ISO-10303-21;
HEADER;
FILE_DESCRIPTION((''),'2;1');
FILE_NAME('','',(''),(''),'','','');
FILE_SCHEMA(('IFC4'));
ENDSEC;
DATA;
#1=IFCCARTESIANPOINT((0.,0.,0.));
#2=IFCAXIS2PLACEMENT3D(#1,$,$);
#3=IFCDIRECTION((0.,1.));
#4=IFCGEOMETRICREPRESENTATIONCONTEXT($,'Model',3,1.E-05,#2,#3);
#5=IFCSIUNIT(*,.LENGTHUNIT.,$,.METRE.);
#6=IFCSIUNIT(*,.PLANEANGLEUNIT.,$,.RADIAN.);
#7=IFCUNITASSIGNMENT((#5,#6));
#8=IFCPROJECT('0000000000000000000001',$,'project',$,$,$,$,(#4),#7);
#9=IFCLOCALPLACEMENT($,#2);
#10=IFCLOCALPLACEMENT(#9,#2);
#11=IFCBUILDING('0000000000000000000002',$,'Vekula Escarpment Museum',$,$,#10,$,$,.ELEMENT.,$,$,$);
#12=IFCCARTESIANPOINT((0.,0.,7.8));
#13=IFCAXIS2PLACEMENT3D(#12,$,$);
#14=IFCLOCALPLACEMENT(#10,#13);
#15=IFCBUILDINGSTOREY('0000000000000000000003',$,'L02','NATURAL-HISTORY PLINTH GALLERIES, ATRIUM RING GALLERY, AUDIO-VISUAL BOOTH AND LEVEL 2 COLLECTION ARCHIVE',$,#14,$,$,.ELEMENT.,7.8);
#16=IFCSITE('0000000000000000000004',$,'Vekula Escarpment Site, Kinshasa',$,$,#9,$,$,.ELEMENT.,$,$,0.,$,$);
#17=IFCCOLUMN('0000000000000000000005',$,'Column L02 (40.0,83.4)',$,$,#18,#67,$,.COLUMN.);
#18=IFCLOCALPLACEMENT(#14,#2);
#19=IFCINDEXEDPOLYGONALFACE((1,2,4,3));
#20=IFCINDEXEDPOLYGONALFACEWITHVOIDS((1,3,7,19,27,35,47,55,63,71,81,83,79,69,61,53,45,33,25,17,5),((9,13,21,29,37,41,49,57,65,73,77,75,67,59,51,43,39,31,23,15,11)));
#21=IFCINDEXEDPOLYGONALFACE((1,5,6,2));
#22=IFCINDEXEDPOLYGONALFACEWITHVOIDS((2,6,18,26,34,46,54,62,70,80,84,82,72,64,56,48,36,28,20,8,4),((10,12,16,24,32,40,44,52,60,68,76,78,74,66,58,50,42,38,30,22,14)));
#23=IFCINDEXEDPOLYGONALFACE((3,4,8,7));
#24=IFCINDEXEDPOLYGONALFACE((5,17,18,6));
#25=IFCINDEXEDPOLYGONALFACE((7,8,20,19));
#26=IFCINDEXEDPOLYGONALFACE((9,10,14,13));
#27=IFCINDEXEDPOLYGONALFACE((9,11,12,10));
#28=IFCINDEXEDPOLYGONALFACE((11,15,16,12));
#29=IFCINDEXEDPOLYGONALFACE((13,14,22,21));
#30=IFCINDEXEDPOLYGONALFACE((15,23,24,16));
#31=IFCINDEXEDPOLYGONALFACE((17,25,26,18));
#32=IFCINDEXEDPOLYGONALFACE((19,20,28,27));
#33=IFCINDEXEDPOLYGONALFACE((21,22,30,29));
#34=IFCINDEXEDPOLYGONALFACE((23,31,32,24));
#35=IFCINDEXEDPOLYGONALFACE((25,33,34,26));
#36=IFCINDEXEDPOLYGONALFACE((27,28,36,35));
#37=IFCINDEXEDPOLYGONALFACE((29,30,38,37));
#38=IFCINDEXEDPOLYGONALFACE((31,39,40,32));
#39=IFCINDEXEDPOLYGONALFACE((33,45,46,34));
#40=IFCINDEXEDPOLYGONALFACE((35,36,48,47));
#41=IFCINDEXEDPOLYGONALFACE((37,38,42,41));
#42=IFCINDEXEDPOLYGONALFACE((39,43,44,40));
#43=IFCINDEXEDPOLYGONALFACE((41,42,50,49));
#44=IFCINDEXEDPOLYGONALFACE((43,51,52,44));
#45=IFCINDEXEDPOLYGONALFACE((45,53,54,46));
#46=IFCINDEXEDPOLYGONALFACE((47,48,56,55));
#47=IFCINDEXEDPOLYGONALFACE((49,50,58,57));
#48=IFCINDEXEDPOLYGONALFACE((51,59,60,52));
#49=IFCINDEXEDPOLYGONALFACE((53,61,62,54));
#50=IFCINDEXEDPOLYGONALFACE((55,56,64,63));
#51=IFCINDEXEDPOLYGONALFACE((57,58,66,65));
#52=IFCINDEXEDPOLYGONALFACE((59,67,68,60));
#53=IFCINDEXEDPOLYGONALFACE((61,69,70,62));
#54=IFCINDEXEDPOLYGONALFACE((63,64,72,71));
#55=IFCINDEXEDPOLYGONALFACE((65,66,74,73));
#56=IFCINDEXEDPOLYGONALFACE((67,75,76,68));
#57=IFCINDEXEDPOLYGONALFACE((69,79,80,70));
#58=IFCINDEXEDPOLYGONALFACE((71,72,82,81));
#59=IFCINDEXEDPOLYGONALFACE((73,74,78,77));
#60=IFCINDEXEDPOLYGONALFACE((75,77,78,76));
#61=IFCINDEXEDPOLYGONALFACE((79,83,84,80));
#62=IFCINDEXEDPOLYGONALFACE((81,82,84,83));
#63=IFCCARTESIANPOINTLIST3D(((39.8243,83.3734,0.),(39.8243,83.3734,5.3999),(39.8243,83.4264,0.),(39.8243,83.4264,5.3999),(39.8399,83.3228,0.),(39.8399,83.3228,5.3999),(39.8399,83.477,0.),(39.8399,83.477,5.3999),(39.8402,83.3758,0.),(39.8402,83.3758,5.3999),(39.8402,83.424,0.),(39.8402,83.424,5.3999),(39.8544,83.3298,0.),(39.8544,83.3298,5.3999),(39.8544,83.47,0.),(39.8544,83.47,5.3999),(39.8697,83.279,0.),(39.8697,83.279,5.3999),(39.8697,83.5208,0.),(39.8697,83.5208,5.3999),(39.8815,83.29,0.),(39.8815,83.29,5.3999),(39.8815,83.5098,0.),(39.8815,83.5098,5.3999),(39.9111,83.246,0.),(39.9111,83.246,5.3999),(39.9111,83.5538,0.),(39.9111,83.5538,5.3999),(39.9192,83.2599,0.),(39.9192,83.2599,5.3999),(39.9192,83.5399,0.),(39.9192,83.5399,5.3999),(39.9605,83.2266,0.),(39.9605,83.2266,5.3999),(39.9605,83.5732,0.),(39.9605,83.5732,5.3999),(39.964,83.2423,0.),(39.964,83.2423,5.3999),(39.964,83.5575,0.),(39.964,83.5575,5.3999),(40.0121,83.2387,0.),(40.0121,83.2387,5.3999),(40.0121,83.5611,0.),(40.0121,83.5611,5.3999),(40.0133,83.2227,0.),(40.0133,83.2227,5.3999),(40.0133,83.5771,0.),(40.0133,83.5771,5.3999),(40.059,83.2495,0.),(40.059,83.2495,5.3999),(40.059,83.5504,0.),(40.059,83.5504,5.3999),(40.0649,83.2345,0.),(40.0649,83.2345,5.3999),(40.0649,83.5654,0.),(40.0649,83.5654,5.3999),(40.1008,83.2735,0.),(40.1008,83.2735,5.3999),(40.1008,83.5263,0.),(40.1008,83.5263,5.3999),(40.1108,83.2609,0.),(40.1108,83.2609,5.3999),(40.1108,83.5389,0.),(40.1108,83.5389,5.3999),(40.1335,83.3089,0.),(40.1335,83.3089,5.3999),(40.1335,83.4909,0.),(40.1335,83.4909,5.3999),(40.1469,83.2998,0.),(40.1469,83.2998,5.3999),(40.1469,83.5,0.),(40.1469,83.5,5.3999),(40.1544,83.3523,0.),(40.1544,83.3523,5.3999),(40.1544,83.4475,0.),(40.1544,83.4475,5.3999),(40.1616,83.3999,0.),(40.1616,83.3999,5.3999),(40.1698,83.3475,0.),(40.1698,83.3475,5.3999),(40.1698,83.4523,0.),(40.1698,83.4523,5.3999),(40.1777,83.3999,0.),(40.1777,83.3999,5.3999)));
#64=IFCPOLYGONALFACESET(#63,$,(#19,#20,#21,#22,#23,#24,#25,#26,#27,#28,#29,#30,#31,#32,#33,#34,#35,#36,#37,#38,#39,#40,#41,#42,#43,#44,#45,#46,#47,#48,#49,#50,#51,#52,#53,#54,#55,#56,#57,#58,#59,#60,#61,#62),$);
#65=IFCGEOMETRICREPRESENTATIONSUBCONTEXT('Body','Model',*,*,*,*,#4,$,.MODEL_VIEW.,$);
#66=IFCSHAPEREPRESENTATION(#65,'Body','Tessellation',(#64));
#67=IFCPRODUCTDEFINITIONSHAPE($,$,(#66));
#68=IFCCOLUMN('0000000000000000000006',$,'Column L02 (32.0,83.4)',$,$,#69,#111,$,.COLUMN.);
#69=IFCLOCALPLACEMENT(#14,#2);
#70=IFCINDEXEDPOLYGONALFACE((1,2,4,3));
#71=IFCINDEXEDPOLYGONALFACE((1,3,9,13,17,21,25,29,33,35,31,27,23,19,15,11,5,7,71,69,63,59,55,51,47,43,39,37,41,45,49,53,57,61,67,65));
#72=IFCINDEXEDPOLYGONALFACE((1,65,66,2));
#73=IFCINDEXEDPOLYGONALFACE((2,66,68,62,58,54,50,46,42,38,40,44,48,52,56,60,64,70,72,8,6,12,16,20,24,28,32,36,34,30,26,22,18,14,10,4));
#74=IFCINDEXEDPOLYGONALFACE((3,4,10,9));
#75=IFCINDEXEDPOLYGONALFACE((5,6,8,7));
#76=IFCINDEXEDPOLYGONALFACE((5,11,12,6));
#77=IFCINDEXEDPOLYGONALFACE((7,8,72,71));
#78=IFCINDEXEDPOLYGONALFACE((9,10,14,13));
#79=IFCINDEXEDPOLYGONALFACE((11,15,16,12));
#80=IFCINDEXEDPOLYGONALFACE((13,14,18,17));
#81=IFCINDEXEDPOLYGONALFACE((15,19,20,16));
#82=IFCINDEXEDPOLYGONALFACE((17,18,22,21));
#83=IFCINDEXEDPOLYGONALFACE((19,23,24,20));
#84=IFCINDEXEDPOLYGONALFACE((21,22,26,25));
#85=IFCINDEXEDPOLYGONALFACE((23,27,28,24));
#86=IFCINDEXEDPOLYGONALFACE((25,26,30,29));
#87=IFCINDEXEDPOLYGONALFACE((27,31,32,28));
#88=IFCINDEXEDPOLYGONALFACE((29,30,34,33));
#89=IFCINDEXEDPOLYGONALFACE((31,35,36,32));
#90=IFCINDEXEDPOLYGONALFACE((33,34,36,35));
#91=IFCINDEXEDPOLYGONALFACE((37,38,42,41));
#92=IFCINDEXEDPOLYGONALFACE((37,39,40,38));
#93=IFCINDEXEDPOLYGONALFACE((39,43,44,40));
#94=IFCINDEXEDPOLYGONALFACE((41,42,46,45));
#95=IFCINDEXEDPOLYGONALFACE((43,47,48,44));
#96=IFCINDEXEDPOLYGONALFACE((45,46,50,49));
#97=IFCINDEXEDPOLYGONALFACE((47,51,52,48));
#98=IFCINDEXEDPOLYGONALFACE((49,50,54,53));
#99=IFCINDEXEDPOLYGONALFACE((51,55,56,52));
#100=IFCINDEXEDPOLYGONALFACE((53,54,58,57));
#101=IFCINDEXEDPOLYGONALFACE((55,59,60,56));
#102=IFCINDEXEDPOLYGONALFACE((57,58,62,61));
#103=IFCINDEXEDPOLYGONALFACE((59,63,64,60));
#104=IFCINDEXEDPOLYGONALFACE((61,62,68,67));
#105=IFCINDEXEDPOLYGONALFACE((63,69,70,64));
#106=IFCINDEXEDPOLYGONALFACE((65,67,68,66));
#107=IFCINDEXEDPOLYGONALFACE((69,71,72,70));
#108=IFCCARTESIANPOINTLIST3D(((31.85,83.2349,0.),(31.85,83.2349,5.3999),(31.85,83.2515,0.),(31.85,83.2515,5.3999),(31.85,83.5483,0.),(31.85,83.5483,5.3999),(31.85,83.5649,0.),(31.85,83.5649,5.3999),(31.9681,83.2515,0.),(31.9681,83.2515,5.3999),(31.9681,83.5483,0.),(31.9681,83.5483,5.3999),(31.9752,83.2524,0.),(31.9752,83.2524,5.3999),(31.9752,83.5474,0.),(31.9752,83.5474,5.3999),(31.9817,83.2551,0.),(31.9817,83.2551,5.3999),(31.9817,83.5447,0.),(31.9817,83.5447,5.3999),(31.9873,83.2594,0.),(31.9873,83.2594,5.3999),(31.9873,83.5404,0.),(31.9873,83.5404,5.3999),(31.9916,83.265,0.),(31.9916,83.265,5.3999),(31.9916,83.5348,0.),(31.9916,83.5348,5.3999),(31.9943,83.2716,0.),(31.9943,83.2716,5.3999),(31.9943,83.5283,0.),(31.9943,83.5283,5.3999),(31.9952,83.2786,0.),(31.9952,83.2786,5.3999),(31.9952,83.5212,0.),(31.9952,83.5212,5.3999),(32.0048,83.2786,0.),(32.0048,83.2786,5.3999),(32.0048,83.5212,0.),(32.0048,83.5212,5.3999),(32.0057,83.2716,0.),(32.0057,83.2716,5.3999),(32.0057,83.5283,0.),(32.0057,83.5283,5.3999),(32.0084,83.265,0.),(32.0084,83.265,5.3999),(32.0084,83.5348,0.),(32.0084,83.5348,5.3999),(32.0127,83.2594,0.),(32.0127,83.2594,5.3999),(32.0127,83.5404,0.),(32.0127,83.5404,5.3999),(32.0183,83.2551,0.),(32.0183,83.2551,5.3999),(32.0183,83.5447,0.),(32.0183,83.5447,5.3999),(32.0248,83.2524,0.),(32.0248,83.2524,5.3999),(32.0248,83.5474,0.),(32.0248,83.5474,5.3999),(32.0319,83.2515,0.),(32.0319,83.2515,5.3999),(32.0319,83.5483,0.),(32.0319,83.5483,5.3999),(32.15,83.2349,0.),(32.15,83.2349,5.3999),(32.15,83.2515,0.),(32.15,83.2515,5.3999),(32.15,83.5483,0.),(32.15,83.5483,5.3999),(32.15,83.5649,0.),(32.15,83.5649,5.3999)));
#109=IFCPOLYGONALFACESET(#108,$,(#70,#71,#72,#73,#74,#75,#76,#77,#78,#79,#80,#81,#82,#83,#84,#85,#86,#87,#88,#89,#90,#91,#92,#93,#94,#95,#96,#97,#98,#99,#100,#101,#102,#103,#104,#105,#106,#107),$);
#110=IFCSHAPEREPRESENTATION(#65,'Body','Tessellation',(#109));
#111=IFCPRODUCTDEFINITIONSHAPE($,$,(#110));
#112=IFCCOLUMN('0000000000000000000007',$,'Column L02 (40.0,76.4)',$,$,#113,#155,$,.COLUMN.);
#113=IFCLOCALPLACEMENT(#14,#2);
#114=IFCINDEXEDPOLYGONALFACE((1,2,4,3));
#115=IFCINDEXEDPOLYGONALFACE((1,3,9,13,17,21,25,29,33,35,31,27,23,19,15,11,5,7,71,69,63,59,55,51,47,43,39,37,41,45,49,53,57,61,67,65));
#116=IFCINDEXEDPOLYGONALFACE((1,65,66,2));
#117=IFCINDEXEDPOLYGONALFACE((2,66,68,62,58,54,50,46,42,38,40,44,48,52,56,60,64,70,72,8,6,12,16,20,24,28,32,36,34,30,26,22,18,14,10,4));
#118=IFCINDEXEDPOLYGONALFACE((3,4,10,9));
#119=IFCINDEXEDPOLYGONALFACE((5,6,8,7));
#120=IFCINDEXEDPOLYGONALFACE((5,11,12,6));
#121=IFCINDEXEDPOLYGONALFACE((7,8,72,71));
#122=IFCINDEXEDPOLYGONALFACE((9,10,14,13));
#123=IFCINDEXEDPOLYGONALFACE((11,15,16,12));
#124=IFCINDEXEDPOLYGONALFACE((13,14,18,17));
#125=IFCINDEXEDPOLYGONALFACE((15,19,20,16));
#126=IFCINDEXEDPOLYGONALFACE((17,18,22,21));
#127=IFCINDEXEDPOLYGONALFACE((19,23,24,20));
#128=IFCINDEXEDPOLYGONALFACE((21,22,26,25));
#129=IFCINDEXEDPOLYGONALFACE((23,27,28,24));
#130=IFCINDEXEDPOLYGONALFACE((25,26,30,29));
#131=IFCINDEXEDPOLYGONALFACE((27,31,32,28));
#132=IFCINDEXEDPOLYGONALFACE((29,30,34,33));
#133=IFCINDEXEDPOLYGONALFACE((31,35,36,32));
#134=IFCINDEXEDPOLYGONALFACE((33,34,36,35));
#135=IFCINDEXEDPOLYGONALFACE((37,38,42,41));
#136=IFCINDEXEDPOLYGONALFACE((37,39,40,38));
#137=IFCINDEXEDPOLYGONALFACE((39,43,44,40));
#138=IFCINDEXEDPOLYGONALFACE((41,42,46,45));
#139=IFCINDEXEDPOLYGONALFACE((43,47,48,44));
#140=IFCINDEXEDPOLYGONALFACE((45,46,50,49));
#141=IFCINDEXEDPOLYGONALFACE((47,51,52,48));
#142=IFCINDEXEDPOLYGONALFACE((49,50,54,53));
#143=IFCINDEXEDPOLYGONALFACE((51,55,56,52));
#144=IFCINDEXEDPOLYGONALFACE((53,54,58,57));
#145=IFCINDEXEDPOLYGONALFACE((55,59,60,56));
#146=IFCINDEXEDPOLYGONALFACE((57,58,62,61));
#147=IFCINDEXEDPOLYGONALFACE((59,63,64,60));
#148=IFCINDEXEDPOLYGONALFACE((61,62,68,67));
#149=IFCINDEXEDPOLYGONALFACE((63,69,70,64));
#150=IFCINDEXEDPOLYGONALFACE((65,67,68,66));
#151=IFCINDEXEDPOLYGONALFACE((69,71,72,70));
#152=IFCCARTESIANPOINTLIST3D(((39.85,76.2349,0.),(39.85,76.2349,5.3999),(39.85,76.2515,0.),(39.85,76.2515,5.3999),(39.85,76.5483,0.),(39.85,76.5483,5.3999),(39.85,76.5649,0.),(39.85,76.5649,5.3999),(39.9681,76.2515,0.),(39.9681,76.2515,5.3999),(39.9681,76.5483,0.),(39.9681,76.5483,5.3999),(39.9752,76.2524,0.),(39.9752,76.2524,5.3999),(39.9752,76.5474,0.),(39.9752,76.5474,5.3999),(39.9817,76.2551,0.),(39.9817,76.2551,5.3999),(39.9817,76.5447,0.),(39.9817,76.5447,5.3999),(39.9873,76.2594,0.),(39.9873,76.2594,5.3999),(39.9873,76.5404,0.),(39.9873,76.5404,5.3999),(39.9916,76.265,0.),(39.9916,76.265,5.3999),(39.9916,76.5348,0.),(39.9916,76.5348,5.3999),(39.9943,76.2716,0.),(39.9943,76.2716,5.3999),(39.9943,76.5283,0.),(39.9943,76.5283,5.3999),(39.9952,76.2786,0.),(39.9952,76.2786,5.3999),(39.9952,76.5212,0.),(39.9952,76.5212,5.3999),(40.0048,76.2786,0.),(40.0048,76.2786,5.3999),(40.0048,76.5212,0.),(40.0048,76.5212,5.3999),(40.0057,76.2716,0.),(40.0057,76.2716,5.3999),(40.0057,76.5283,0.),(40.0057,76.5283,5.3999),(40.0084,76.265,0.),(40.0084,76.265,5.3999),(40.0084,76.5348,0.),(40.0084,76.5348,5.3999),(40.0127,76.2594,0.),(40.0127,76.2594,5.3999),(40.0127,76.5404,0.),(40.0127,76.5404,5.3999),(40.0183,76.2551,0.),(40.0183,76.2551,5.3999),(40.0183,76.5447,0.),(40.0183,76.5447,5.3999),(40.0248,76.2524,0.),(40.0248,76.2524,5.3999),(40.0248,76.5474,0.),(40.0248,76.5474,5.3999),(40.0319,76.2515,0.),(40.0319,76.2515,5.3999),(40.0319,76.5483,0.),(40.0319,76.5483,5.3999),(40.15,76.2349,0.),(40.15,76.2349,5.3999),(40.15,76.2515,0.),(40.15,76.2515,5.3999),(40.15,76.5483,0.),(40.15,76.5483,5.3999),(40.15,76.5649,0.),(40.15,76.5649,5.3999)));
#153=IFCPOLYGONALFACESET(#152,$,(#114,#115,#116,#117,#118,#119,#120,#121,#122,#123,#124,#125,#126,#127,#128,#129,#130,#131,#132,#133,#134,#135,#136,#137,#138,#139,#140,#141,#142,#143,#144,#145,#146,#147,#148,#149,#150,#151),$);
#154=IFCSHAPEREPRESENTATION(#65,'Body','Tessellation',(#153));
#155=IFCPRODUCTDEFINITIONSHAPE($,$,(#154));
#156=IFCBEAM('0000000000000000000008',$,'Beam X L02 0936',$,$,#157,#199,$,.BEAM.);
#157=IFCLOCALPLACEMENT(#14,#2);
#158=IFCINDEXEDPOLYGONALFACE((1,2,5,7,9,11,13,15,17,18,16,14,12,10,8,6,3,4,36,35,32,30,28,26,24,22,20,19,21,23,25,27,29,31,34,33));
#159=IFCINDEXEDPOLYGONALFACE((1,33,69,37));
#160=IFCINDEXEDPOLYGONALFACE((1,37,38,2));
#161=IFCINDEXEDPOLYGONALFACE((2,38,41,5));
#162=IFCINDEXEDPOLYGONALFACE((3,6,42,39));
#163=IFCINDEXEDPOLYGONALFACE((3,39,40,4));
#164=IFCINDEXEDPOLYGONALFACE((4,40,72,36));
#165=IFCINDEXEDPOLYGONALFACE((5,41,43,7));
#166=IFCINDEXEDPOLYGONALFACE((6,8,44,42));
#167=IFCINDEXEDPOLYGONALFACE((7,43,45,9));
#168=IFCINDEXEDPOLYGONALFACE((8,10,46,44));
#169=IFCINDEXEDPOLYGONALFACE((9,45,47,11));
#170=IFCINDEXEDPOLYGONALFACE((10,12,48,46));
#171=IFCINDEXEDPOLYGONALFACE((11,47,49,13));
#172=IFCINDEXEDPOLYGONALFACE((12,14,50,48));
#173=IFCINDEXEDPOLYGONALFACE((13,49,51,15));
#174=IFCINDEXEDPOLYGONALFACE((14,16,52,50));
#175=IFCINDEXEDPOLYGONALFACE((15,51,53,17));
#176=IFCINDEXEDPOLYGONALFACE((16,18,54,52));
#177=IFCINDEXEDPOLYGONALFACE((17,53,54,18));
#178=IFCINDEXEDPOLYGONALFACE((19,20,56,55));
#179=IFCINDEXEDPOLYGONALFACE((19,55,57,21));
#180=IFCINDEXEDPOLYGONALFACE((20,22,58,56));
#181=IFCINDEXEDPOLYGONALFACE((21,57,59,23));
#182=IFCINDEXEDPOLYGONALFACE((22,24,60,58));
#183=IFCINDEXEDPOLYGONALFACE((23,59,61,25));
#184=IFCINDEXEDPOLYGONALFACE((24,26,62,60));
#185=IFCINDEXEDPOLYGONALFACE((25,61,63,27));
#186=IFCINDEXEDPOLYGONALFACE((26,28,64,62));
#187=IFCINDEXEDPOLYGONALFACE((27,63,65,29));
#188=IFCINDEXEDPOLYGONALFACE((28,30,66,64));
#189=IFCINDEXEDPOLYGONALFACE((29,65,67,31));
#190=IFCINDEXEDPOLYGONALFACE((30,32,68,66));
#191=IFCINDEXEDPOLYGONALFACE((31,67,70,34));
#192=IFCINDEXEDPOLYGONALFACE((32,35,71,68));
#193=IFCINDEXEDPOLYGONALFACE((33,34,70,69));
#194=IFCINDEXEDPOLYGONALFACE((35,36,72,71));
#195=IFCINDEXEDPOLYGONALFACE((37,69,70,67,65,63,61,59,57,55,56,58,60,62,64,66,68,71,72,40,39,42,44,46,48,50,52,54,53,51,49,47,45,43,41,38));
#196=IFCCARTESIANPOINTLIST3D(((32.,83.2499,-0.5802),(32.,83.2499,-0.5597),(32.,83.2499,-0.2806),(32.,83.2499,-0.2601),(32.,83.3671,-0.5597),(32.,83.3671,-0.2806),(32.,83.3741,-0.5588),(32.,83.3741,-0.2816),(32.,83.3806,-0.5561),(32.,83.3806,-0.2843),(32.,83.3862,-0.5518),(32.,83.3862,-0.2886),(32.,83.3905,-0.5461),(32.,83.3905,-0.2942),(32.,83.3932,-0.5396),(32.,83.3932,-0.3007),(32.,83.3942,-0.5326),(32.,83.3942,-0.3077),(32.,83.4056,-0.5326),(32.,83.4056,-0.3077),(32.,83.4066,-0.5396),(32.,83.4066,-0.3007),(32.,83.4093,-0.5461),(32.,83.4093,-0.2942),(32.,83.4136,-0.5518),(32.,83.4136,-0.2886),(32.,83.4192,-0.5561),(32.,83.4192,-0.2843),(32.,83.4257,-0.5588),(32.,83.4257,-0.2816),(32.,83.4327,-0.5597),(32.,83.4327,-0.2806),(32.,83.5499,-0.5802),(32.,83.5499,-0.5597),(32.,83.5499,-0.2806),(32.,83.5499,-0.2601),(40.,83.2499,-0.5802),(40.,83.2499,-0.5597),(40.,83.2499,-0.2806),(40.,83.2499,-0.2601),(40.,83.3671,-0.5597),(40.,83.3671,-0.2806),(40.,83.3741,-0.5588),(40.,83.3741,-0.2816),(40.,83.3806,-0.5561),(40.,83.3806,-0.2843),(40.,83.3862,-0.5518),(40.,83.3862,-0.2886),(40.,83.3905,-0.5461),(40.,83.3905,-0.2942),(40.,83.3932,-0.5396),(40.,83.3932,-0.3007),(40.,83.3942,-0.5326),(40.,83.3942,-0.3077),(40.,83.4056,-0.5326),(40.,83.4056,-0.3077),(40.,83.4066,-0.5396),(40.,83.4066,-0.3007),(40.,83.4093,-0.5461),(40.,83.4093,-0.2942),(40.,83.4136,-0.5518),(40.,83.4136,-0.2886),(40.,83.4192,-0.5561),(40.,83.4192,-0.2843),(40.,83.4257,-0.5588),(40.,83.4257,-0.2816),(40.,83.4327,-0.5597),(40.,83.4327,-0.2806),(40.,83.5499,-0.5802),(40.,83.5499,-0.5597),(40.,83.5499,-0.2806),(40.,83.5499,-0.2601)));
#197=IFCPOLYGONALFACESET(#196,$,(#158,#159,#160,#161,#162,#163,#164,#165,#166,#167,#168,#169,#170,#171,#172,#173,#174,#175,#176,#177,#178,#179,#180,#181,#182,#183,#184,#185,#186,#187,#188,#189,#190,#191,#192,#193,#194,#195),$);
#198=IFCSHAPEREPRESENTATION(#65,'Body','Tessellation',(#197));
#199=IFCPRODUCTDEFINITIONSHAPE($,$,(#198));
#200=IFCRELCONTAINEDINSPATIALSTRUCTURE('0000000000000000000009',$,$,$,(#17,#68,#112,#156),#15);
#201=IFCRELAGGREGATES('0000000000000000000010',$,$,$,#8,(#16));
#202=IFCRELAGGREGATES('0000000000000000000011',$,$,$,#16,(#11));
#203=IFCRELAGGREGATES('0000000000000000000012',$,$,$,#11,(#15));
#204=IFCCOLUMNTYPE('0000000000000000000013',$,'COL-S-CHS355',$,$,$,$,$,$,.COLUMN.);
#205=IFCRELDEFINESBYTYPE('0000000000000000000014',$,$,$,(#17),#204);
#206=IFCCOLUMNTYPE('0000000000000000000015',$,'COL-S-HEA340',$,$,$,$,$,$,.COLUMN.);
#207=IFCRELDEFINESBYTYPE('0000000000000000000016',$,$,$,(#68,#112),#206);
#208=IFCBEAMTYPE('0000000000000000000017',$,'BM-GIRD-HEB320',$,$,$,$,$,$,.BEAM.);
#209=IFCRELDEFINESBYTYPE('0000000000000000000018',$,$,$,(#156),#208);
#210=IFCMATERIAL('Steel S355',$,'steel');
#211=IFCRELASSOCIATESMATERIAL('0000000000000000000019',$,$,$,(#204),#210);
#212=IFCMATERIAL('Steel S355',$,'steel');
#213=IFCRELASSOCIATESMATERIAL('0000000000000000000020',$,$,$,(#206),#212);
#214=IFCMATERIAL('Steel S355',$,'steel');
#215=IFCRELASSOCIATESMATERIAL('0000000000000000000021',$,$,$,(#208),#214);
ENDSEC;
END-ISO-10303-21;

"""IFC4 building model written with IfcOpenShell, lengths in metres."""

from ifc_helpers import new_model, si_unit, direction, frame, origin, origin_2d, place, context, subcontext, project, spatial, hollow_circle, i_section, extrude, material, material_profile, profile_set, type_object, element, save


model = new_model("IFC4")

# Units and contexts
model_context = context("Model", 3, precision=1e-05, world=origin(), true_north=direction((0.0, 1.0)))
body_context = subcontext(model_context, "Body", "Model", "MODEL_VIEW")
ifc_project = project(units=[si_unit("LENGTHUNIT", "METRE"), si_unit("PLANEANGLEUNIT", "RADIAN")], contexts=[model_context])

# Site, building, storey
site_placement = place(None, origin())
site = spatial("IfcSite", under=ifc_project, at=site_placement, Name="Vekula Escarpment Site, Kinshasa", CompositionType="ELEMENT", RefElevation=0.0)
building_placement = place(site_placement, origin())
building = spatial("IfcBuilding", under=site, at=building_placement, Name="Vekula Escarpment Museum", CompositionType="ELEMENT")
storey_placement = place(building_placement, frame((0.0, 0.0, 7.8)))
storey = spatial("IfcBuildingStorey", under=building, at=storey_placement, Name="L02", Description="NATURAL-HISTORY PLINTH GALLERIES, ATRIUM RING GALLERY, AUDIO-VISUAL BOOTH AND LEVEL 2 COLLECTION ARCHIVE", CompositionType="ELEMENT", Elevation=7.8)

# Columns
ifc_material_1 = material(Name="Steel S355", Category="steel")
ifc_material_profile_1 = material_profile(ifc_material_1, hollow_circle(Radius=0.1777, WallThickness=0.0161, at=origin_2d()), Name="CHS 355.6x16")
ifc_profile_set_1 = profile_set([ifc_material_profile_1], Name="Steel S355")
column_type_1 = type_object("IfcColumnType", Name="COL-S-CHS355", PredefinedType="COLUMN", material=ifc_profile_set_1)
column_placement = place(storey_placement, frame((40.0, 83.3999, 0.0), z_axis=(0.0, 0.0, 1.0), x_axis=(1.0, 0.0, 0.0)))
element("IfcColumn", 1, at=column_placement, inside=storey, type_object=column_type_1, Name="Column L02 (40.0,83.4)", PredefinedType="COLUMN", context=body_context, shape_type="SweptSolid", body=[
    extrude(hollow_circle(Radius=0.1777, WallThickness=0.0161, at=origin_2d()), origin(), (0.0, 0.0, 1.0), 5.3999),
])
ifc_material_2 = material(Name="Steel S355", Category="steel")
ifc_material_profile_2 = material_profile(ifc_material_2, i_section(OverallWidth=0.3, OverallDepth=0.3301, WebThickness=0.0095, FlangeThickness=0.0166, FilletRadius=0.0271, at=origin_2d()), Name="HEA 340")
ifc_profile_set_2 = profile_set([ifc_material_profile_2], Name="Steel S355")
column_type_2 = type_object("IfcColumnType", Name="COL-S-HEA340", PredefinedType="COLUMN", material=ifc_profile_set_2)
for number, where, z_axis, x_axis, name in (
    (2, (32.0, 83.3999, 0.0), (0.0, 0.0, 1.0), (1.0, 0.0, 0.0), "Column L02 (32.0,83.4)"),
    (3, (40.0, 76.3999, 0.0), (0.0, 0.0, 1.0), (1.0, 0.0, 0.0), "Column L02 (40.0,76.4)"),
):
    element("IfcColumn", number, at=place(storey_placement, frame(where, z_axis=z_axis, x_axis=x_axis)), inside=storey, type_object=column_type_2, Name=name, PredefinedType="COLUMN", context=body_context, shape_type="SweptSolid", body=[
        extrude(i_section(OverallWidth=0.3, OverallDepth=0.3301, WebThickness=0.0095, FlangeThickness=0.0166, FilletRadius=0.0271, at=origin_2d()), origin(), (0.0, 0.0, 1.0), 5.3999),
    ])

# Beam
ifc_material_3 = material(Name="Steel S355", Category="steel")
ifc_material_profile_3 = material_profile(ifc_material_3, i_section(OverallWidth=0.3, OverallDepth=0.3201, WebThickness=0.0115, FlangeThickness=0.0205, FilletRadius=0.0271, at=origin_2d()), Name="HEB 320")
ifc_profile_set_3 = profile_set([ifc_material_profile_3], Name="Steel S355")
beam_type_1 = type_object("IfcBeamType", Name="BM-GIRD-HEB320", PredefinedType="BEAM", material=ifc_profile_set_3)
beam_1_placement = place(storey_placement, frame((32.0, 83.3999, -0.4202), z_axis=(1.0, 0.0, 0.0), x_axis=(0.0, 1.0, 0.0)))
element("IfcBeam", 4, at=beam_1_placement, inside=storey, type_object=beam_type_1, Name="Beam X L02 0936", PredefinedType="BEAM", context=body_context, shape_type="SweptSolid", body=[
    extrude(i_section(OverallWidth=0.3, OverallDepth=0.3201, WebThickness=0.0115, FlangeThickness=0.0205, FilletRadius=0.0271, at=origin_2d()), origin(), (0.0, 0.0, 1.0), 8.0),
])

save(model, "model.ifc")
